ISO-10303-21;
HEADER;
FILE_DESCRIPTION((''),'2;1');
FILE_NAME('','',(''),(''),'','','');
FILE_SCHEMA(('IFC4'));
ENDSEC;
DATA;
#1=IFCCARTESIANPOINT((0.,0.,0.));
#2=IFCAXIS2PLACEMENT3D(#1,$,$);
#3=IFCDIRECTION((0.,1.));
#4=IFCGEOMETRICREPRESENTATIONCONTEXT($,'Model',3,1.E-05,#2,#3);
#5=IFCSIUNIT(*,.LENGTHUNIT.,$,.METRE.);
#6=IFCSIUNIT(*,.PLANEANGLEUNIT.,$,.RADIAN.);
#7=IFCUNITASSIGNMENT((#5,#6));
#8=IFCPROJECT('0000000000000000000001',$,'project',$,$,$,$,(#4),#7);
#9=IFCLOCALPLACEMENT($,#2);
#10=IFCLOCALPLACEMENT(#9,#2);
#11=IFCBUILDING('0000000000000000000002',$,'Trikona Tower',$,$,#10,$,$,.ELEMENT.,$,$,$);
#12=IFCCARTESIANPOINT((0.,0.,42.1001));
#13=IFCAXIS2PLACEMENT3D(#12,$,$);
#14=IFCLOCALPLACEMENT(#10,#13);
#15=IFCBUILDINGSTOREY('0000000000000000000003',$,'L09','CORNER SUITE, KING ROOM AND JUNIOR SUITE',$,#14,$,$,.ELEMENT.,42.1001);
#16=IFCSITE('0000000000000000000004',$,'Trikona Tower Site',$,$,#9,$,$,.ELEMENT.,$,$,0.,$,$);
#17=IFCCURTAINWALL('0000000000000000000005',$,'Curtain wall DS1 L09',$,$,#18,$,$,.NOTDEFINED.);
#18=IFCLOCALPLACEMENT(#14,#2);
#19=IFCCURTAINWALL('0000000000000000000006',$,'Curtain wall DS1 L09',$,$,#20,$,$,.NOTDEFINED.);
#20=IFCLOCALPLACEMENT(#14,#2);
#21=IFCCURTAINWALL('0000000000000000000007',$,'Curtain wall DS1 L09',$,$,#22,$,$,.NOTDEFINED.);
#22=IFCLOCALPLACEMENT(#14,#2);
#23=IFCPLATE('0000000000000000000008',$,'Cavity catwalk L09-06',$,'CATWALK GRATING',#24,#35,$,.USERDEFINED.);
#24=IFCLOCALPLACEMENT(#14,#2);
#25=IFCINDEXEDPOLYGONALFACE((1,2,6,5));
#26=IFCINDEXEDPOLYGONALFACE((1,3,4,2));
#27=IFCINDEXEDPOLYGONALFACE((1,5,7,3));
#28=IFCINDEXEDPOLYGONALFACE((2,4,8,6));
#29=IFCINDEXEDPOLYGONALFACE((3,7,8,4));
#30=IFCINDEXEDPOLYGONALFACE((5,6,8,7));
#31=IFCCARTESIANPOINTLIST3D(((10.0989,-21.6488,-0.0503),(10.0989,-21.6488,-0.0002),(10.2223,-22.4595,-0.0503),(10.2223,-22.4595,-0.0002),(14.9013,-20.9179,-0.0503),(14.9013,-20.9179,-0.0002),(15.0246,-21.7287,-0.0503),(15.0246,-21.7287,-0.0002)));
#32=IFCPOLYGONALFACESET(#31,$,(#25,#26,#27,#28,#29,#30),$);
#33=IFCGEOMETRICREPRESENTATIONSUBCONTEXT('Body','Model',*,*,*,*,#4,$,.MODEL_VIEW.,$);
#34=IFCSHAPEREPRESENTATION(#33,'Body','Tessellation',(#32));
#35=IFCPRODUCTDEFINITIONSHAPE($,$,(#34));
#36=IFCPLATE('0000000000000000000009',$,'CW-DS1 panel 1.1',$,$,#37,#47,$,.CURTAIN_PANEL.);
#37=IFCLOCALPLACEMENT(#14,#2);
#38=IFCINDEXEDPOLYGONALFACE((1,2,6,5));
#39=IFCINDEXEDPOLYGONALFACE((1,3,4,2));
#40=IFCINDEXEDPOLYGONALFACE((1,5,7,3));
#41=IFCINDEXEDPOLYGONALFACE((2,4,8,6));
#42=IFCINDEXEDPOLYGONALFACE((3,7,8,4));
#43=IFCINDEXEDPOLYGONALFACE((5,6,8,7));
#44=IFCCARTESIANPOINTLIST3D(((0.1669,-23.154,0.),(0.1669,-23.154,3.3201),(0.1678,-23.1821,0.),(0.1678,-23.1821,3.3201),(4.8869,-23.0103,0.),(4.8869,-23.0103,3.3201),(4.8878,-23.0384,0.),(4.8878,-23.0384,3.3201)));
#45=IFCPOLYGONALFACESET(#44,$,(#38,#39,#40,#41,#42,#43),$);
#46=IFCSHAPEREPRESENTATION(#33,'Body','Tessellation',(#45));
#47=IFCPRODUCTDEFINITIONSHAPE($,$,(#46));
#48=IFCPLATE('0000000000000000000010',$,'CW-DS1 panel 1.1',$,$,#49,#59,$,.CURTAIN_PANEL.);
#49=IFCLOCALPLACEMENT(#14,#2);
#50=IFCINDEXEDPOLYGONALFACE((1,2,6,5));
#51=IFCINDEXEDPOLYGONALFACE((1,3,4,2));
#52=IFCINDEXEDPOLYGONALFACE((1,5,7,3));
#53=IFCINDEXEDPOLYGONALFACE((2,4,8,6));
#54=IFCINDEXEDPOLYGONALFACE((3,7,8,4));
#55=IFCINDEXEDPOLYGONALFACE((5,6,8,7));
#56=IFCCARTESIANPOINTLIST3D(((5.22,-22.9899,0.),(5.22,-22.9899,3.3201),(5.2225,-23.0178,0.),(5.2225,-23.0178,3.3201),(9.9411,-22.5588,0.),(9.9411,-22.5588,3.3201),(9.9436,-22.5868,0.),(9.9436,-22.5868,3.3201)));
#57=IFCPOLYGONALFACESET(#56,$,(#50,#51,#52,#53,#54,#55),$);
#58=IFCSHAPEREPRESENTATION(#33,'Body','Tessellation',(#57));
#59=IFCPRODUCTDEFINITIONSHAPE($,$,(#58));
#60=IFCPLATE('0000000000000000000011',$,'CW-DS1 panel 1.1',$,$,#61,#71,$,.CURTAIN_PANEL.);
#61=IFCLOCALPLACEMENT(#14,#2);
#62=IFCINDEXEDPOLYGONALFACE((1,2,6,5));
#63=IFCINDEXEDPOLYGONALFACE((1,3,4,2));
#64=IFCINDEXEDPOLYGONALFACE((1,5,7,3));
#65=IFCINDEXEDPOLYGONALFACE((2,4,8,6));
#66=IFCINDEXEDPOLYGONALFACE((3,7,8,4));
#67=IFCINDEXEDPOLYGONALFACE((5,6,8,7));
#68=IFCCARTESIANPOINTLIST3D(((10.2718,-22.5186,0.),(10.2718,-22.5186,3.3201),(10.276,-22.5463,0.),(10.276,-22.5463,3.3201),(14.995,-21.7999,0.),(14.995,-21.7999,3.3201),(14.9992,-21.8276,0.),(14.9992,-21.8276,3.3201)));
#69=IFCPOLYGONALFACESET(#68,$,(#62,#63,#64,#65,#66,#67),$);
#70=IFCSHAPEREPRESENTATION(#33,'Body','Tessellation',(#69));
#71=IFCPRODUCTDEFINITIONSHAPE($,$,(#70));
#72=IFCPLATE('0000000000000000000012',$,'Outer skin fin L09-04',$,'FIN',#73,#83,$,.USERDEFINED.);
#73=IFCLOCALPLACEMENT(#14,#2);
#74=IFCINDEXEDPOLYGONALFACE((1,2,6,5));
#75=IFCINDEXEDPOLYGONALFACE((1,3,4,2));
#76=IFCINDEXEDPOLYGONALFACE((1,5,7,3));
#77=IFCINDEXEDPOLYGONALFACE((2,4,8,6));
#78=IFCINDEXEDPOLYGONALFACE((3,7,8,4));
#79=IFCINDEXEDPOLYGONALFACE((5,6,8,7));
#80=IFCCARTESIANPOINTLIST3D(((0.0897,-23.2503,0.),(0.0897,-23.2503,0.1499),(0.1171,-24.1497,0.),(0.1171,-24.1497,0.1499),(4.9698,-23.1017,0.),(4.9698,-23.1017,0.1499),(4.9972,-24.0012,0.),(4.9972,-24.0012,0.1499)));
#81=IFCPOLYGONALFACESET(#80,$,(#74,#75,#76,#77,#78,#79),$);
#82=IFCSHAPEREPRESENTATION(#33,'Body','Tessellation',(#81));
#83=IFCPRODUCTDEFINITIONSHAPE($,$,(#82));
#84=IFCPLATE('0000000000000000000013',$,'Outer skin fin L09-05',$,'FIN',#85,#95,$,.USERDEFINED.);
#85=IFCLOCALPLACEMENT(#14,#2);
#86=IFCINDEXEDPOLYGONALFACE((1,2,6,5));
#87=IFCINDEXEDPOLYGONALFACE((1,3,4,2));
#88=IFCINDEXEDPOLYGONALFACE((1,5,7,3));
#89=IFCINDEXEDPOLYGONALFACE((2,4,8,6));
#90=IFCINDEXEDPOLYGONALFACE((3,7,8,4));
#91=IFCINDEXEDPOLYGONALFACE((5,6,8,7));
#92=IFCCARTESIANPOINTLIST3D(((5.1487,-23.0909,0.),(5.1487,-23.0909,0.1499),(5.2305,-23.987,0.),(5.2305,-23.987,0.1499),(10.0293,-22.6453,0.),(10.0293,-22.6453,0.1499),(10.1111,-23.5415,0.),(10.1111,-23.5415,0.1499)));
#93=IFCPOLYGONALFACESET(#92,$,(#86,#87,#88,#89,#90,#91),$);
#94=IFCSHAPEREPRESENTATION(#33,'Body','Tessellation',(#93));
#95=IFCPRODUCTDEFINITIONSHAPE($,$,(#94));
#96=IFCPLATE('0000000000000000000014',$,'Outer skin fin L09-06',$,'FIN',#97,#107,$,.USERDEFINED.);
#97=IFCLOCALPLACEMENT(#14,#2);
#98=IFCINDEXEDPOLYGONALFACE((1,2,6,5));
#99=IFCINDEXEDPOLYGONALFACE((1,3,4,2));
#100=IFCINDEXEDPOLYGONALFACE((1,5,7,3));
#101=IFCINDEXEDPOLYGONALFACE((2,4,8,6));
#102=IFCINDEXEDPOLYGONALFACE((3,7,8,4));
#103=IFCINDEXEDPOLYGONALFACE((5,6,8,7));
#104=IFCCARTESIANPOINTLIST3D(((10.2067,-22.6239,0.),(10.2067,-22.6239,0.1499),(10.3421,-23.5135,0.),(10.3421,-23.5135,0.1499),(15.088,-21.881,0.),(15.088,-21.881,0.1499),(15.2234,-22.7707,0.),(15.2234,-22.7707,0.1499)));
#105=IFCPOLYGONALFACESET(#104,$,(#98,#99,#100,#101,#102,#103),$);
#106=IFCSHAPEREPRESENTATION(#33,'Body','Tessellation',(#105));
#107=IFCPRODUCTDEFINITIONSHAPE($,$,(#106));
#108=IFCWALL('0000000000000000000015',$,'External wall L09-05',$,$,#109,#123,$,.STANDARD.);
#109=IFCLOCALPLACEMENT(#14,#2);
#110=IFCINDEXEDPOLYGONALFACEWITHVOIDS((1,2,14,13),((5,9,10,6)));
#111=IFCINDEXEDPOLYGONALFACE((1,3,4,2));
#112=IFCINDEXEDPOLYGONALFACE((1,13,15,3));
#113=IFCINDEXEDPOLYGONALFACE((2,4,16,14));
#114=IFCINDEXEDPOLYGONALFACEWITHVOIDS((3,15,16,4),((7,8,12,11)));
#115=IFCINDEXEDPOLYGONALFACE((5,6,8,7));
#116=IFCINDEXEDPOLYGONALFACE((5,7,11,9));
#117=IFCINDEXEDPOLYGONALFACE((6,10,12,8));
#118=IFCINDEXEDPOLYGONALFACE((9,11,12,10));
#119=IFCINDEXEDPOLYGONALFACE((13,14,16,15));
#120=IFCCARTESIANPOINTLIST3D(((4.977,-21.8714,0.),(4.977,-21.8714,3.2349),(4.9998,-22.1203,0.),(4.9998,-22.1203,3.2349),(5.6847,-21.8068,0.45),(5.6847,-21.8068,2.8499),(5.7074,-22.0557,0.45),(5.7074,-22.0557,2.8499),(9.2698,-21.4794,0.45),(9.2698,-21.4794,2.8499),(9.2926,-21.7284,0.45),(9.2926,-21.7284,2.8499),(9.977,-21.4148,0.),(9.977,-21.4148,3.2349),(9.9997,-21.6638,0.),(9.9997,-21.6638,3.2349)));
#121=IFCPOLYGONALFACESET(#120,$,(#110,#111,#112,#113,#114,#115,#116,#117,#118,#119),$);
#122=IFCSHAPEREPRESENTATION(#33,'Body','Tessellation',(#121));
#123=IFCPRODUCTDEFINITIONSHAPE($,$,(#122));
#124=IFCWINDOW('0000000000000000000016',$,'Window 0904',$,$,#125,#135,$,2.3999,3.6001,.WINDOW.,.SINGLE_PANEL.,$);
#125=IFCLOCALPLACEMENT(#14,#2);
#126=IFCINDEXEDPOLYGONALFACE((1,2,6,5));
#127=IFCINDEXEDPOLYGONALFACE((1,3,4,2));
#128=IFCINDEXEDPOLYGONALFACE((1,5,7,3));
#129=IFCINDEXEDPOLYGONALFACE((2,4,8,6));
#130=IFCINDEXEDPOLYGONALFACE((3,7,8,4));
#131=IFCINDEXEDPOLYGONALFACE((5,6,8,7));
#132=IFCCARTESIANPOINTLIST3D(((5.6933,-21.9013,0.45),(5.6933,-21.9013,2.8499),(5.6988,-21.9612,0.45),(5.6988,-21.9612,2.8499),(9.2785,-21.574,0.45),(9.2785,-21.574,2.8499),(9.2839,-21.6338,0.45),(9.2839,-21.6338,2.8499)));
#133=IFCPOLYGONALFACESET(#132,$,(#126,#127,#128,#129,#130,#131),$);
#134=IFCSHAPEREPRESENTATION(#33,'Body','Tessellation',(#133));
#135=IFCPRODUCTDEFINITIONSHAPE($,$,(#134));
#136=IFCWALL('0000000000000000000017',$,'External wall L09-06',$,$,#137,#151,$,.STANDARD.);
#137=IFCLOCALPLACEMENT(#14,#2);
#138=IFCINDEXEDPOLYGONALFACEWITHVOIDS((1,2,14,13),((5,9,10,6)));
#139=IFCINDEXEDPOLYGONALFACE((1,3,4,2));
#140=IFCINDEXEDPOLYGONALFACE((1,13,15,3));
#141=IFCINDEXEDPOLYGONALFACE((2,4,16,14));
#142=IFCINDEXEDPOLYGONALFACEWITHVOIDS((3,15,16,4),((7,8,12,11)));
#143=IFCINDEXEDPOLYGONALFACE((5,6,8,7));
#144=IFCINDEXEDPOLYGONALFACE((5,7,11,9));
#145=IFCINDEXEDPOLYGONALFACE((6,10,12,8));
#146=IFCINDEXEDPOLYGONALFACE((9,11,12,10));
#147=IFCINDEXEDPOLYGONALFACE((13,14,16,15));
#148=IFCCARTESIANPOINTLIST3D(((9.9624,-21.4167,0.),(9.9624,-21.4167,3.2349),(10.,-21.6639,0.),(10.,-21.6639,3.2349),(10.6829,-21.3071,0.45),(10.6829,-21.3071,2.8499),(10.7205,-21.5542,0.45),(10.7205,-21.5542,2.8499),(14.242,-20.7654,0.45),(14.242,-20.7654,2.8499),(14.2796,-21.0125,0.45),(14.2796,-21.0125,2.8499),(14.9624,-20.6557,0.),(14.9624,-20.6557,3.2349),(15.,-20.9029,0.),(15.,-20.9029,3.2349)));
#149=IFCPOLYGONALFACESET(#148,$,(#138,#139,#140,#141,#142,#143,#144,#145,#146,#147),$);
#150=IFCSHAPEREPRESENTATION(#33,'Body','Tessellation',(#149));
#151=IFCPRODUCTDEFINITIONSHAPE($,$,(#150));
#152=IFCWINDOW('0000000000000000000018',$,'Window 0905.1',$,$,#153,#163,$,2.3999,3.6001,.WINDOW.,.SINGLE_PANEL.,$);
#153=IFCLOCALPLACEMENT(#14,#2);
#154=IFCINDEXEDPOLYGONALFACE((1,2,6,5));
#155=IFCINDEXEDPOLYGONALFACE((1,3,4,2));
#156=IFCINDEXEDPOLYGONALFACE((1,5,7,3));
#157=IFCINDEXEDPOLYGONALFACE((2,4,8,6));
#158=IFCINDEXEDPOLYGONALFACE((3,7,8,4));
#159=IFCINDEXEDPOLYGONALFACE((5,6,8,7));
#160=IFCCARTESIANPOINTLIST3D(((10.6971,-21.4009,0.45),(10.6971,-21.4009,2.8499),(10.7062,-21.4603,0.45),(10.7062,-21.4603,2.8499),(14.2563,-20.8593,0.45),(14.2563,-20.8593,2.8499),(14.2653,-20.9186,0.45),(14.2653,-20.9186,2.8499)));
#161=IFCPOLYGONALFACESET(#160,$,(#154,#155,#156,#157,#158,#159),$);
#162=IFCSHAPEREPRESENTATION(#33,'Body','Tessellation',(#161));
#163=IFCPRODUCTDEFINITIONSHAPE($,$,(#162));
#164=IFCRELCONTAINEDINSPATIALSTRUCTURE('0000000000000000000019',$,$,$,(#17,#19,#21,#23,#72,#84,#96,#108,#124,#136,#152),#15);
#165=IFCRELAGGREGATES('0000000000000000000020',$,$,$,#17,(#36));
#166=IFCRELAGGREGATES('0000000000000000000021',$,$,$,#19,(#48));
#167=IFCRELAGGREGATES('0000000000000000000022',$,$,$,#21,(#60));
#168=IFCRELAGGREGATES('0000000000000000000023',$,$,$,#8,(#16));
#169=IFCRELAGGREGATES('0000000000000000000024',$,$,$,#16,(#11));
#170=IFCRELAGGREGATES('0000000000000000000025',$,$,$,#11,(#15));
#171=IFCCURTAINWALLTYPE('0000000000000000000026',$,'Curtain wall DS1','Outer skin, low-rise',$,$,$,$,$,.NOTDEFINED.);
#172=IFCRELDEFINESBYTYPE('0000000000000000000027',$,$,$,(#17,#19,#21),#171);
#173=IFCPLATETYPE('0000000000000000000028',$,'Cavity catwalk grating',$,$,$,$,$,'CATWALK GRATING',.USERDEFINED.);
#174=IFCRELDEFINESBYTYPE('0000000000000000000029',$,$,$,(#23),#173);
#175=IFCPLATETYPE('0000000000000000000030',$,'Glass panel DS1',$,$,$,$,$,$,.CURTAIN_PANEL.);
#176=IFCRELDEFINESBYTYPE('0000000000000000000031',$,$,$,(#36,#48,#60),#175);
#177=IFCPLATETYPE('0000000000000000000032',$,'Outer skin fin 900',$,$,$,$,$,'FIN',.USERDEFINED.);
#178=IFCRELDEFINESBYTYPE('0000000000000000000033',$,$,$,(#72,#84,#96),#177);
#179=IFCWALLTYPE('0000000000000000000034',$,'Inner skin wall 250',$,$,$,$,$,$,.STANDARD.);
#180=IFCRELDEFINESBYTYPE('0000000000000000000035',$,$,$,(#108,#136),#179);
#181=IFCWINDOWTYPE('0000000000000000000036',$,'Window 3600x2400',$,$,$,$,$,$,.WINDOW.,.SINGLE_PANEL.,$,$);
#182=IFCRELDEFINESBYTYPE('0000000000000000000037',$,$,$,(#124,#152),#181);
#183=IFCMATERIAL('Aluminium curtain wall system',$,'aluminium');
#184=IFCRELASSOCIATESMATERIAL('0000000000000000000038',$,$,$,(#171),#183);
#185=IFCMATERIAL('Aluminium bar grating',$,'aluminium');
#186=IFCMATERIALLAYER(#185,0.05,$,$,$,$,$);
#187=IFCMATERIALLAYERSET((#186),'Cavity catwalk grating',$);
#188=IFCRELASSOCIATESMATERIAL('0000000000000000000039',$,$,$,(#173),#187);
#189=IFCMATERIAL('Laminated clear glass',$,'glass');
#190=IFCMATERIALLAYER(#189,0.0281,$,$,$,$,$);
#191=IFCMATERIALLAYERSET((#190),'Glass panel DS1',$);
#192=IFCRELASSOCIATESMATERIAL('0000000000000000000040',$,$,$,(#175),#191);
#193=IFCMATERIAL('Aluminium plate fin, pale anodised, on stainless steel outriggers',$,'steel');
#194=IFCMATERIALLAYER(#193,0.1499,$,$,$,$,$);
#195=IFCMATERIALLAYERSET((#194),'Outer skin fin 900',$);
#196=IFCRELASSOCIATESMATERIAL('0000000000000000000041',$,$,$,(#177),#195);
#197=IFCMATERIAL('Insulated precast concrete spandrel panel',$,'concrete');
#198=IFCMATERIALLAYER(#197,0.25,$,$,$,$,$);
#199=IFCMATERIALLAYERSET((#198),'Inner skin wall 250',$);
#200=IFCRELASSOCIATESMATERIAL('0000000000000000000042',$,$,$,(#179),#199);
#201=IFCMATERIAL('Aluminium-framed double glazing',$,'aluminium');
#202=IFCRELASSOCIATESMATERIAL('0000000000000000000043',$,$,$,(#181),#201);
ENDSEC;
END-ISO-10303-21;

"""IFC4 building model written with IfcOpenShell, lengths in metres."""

from ifc_helpers import new_model, si_unit, direction, frame, frame_2d, origin, origin_2d, place, context, subcontext, project, spatial, rectangle, extrude, material, layer, layer_set, type_object, element, fill, aggregate, save


model = new_model("IFC4")

# Units and contexts
model_context = context("Model", 3, precision=1e-05, world=origin(), true_north=direction((0.0, 1.0)))
body_context = subcontext(model_context, "Body", "Model", "MODEL_VIEW")
ifc_project = project(units=[si_unit("LENGTHUNIT", "METRE"), si_unit("PLANEANGLEUNIT", "RADIAN")], contexts=[model_context])

# Site, building, storey
site_placement = place(None, origin())
site = spatial("IfcSite", under=ifc_project, at=site_placement, Name="Trikona Tower Site", CompositionType="ELEMENT", RefElevation=0.0)
building_placement = place(site_placement, origin())
building = spatial("IfcBuilding", under=site, at=building_placement, Name="Trikona Tower", CompositionType="ELEMENT")
storey_placement = place(building_placement, frame((0.0, 0.0, 42.1001)))
storey = spatial("IfcBuildingStorey", under=building, at=storey_placement, Name="L09", Description="CORNER SUITE, KING ROOM AND JUNIOR SUITE", CompositionType="ELEMENT", Elevation=42.1001)

# Curtain walls
ifc_material_1 = material(Name="Aluminium curtain wall system", Category="aluminium")
curtain_wall_type = type_object("IfcCurtainWallType", Name="Curtain wall DS1", Description="Outer skin, low-rise", PredefinedType="NOTDEFINED", material=ifc_material_1)
curtain_wall_1_placement = place(storey_placement, origin())
curtain_wall_1 = element("IfcCurtainWall", 1, at=curtain_wall_1_placement, inside=storey, type_object=curtain_wall_type, Name="Curtain wall DS1 L09", PredefinedType="NOTDEFINED")
curtain_wall_2_placement = place(storey_placement, origin())
curtain_wall_2 = element("IfcCurtainWall", 2, at=curtain_wall_2_placement, inside=storey, type_object=curtain_wall_type, Name="Curtain wall DS1 L09", PredefinedType="NOTDEFINED")

# Curtain wall
curtain_wall_3_placement = place(storey_placement, origin())
curtain_wall_3 = element("IfcCurtainWall", 3, at=curtain_wall_3_placement, inside=storey, type_object=curtain_wall_type, Name="Curtain wall DS1 L09", PredefinedType="NOTDEFINED")

# Plate
ifc_material_2 = material(Name="Aluminium bar grating", Category="aluminium")
ifc_layer_1 = layer(ifc_material_2, 0.05)
ifc_layer_set_1 = layer_set([ifc_layer_1], Name="Cavity catwalk grating")
plate_type_1 = type_object("IfcPlateType", Name="Cavity catwalk grating", ElementType="CATWALK GRATING", PredefinedType="USERDEFINED", material=ifc_layer_set_1)
plate_1_placement = place(storey_placement, frame((12.5618, -21.6887, -0.0503), z_axis=(0.0, 0.0, 1.0), x_axis=(0.988618, 0.150448, 0.0)))
element("IfcPlate", 4, at=plate_1_placement, inside=storey, type_object=plate_type_1, Name="Cavity catwalk L09-06", ObjectType="CATWALK GRATING", PredefinedType="USERDEFINED", context=body_context, shape_type="SweptSolid", body=[
    extrude(rectangle(XDim=4.8577, YDim=0.8201, at=origin_2d()), origin(), (0.0, 0.0, 1.0), 0.05),
])

# Plates
ifc_material_3 = material(Name="Laminated clear glass", Category="glass")
ifc_layer_2 = layer(ifc_material_3, 0.0281)
ifc_layer_set_2 = layer_set([ifc_layer_2], Name="Glass panel DS1")
plate_type_2 = type_object("IfcPlateType", Name="Glass panel DS1", PredefinedType="CURTAIN_PANEL", material=ifc_layer_set_2)
plate_2_placement = place(storey_placement, frame((2.5273, -23.0962, 0.0), z_axis=(0.0, 0.0, 1.0), x_axis=(0.999537, 0.030437, 0.0)))
plate_2 = element("IfcPlate", 5, at=plate_2_placement, type_object=plate_type_2, Name="CW-DS1 panel 1.1", PredefinedType="CURTAIN_PANEL", context=body_context, shape_type="SweptSolid", body=[
    extrude(rectangle(XDim=4.7222, YDim=0.0281, at=origin_2d()), origin(), (0.0, 0.0, 1.0), 3.3201),
])
aggregate(curtain_wall_1, [plate_2])
plate_3_placement = place(storey_placement, frame((7.5818, -22.7883, 0.0), z_axis=(0.0, 0.0, 1.0), x_axis=(0.995858, 0.090924, 0.0)))
plate_3 = element("IfcPlate", 6, at=plate_3_placement, type_object=plate_type_2, Name="CW-DS1 panel 1.1", PredefinedType="CURTAIN_PANEL", context=body_context, shape_type="SweptSolid", body=[
    extrude(rectangle(XDim=4.7407, YDim=0.0281, at=origin_2d()), origin(), (0.0, 0.0, 1.0), 3.3201),
])
aggregate(curtain_wall_2, [plate_3])
plate_4_placement = place(storey_placement, frame((12.6355, -22.1731, 0.0), z_axis=(0.0, 0.0, 1.0), x_axis=(0.988619, 0.150438, 0.0)))
plate_4 = element("IfcPlate", 7, at=plate_4_placement, type_object=plate_type_2, Name="CW-DS1 panel 1.1", PredefinedType="CURTAIN_PANEL", context=body_context, shape_type="SweptSolid", body=[
    extrude(rectangle(XDim=4.7776, YDim=0.0281, at=origin_2d()), origin(), (0.0, 0.0, 1.0), 3.3201),
])
aggregate(curtain_wall_3, [plate_4])

# Plates
ifc_material_4 = material(Name="Aluminium plate fin, pale anodised, on stainless steel outriggers", Category="steel")
ifc_layer_3 = layer(ifc_material_4, 0.1499)
ifc_layer_set_3 = layer_set([ifc_layer_3], Name="Outer skin fin 900")
plate_type_3 = type_object("IfcPlateType", Name="Outer skin fin 900", ElementType="FIN", PredefinedType="USERDEFINED", material=ifc_layer_set_3)
plate_5_placement = place(storey_placement, frame((2.5435, -23.6257, 0.0), z_axis=(0.0, 0.0, 1.0), x_axis=(0.999537, 0.030425, 0.0)))
element("IfcPlate", 8, at=plate_5_placement, inside=storey, type_object=plate_type_3, Name="Outer skin fin L09-04", ObjectType="FIN", PredefinedType="USERDEFINED", context=body_context, shape_type="SweptSolid", body=[
    extrude(rectangle(XDim=4.8823, YDim=0.8999, at=origin_2d()), origin(), (0.0, 0.0, 1.0), 0.1499),
])
plate_6_placement = place(storey_placement, frame((7.6299, -23.3162, 0.0), z_axis=(0.0, 0.0, 1.0), x_axis=(0.995858, 0.090921, 0.0)))
element("IfcPlate", 9, at=plate_6_placement, inside=storey, type_object=plate_type_3, Name="Outer skin fin L09-05", ObjectType="FIN", PredefinedType="USERDEFINED", context=body_context, shape_type="SweptSolid", body=[
    extrude(rectangle(XDim=4.9009, YDim=0.8999, at=origin_2d()), origin(), (0.0, 0.0, 1.0), 0.1499),
])
plate_7_placement = place(storey_placement, frame((12.7151, -22.6973, 0.0), z_axis=(0.0, 0.0, 1.0), x_axis=(0.988618, 0.150448, 0.0)))
element("IfcPlate", 10, at=plate_7_placement, inside=storey, type_object=plate_type_3, Name="Outer skin fin L09-06", ObjectType="FIN", PredefinedType="USERDEFINED", context=body_context, shape_type="SweptSolid", body=[
    extrude(rectangle(XDim=4.9375, YDim=0.8999, at=origin_2d()), origin(), (0.0, 0.0, 1.0), 0.1499),
])

# Walls, openings, windows
ifc_material_5 = material(Name="Insulated precast concrete spandrel panel", Category="concrete")
ifc_layer_4 = layer(ifc_material_5, 0.25)
ifc_layer_set_4 = layer_set([ifc_layer_4], Name="Inner skin wall 250")
wall_type = type_object("IfcWallType", Name="Inner skin wall 250", PredefinedType="STANDARD", material=ifc_layer_set_4)
wall_1_placement = place(storey_placement, frame((4.9885, -21.9958, 0.0), z_axis=(0.0, 0.0, 1.0), x_axis=(0.995857, 0.09093, 0.0)))
wall_1 = element("IfcWall", 11, at=wall_1_placement, inside=storey, type_object=wall_type, Name="External wall L09-05", PredefinedType="STANDARD", context=body_context, shape_type="SweptSolid", body=[
    extrude(rectangle(XDim=5.0208, YDim=0.25, at=frame_2d((2.5103, 0.0))), origin(), (0.0, 0.0, 1.0), 3.2349),
])
opening_1_placement = place(wall_1_placement, frame((0.7104, 0.0, 0.45)))
opening_1 = element("IfcOpeningElement", 12, at=opening_1_placement, cuts=wall_1, PredefinedType="OPENING", context=body_context, shape_type="SweptSolid", body=[
    extrude(rectangle(XDim=3.6001, YDim=2.3999, at=frame_2d((1.8, 1.2))), frame((0.0, 0.135, 0.0), z_axis=(0.0, -1.0, 0.0), x_axis=(1.0, 0.0, 0.0)), (0.0, 0.0, 1.0), 0.27),
])
ifc_material_6 = material(Name="Aluminium-framed double glazing", Category="aluminium")
window_type_1 = type_object("IfcWindowType", Name="Window 3600x2400", PartitioningType="SINGLE_PANEL", PredefinedType="WINDOW", material=ifc_material_6)
window_1_placement = place(opening_1_placement, origin())
window_1 = element("IfcWindow", 13, at=window_1_placement, inside=storey, type_object=window_type_1, Name="Window 0904", OverallHeight=2.3999, OverallWidth=3.6001, PartitioningType="SINGLE_PANEL", PredefinedType="WINDOW", context=body_context, shape_type="SweptSolid", body=[
    extrude(rectangle(XDim=3.6001, YDim=2.3999, at=frame_2d((1.8, 1.2))), frame((0.0, 0.03, 0.0), z_axis=(0.0, -1.0, 0.0), x_axis=(1.0, 0.0, 0.0)), (0.0, 0.0, 1.0), 0.0601),
])
fill(opening_1, window_1)
wall_2_placement = place(storey_placement, frame((9.9812, -21.5403, 0.0), z_axis=(0.0, 0.0, 1.0), x_axis=(0.988615, 0.150465, 0.0)))
wall_2 = element("IfcWall", 14, at=wall_2_placement, inside=storey, type_object=wall_type, Name="External wall L09-06", PredefinedType="STANDARD", context=body_context, shape_type="SweptSolid", body=[
    extrude(rectangle(XDim=5.0576, YDim=0.25, at=frame_2d((2.5288, 0.0))), origin(), (0.0, 0.0, 1.0), 3.2349),
])
opening_2_placement = place(wall_2_placement, frame((0.7288, 0.0, 0.45)))
opening_2 = element("IfcOpeningElement", 15, at=opening_2_placement, cuts=wall_2, PredefinedType="OPENING", context=body_context, shape_type="SweptSolid", body=[
    extrude(rectangle(XDim=3.6001, YDim=2.3999, at=frame_2d((1.8, 1.2))), frame((0.0, 0.135, 0.0), z_axis=(0.0, -1.0, 0.0), x_axis=(1.0, 0.0, 0.0)), (0.0, 0.0, 1.0), 0.27),
])
window_2_placement = place(opening_2_placement, origin())
window_2 = element("IfcWindow", 16, at=window_2_placement, inside=storey, type_object=window_type_1, Name="Window 0905.1", OverallHeight=2.3999, OverallWidth=3.6001, PartitioningType="SINGLE_PANEL", PredefinedType="WINDOW", context=body_context, shape_type="SweptSolid", body=[
    extrude(rectangle(XDim=3.6001, YDim=2.3999, at=frame_2d((1.8, 1.2))), frame((0.0, 0.03, 0.0), z_axis=(0.0, -1.0, 0.0), x_axis=(1.0, 0.0, 0.0)), (0.0, 0.0, 1.0), 0.0601),
])
fill(opening_2, window_2)

save(model, "model.ifc")
